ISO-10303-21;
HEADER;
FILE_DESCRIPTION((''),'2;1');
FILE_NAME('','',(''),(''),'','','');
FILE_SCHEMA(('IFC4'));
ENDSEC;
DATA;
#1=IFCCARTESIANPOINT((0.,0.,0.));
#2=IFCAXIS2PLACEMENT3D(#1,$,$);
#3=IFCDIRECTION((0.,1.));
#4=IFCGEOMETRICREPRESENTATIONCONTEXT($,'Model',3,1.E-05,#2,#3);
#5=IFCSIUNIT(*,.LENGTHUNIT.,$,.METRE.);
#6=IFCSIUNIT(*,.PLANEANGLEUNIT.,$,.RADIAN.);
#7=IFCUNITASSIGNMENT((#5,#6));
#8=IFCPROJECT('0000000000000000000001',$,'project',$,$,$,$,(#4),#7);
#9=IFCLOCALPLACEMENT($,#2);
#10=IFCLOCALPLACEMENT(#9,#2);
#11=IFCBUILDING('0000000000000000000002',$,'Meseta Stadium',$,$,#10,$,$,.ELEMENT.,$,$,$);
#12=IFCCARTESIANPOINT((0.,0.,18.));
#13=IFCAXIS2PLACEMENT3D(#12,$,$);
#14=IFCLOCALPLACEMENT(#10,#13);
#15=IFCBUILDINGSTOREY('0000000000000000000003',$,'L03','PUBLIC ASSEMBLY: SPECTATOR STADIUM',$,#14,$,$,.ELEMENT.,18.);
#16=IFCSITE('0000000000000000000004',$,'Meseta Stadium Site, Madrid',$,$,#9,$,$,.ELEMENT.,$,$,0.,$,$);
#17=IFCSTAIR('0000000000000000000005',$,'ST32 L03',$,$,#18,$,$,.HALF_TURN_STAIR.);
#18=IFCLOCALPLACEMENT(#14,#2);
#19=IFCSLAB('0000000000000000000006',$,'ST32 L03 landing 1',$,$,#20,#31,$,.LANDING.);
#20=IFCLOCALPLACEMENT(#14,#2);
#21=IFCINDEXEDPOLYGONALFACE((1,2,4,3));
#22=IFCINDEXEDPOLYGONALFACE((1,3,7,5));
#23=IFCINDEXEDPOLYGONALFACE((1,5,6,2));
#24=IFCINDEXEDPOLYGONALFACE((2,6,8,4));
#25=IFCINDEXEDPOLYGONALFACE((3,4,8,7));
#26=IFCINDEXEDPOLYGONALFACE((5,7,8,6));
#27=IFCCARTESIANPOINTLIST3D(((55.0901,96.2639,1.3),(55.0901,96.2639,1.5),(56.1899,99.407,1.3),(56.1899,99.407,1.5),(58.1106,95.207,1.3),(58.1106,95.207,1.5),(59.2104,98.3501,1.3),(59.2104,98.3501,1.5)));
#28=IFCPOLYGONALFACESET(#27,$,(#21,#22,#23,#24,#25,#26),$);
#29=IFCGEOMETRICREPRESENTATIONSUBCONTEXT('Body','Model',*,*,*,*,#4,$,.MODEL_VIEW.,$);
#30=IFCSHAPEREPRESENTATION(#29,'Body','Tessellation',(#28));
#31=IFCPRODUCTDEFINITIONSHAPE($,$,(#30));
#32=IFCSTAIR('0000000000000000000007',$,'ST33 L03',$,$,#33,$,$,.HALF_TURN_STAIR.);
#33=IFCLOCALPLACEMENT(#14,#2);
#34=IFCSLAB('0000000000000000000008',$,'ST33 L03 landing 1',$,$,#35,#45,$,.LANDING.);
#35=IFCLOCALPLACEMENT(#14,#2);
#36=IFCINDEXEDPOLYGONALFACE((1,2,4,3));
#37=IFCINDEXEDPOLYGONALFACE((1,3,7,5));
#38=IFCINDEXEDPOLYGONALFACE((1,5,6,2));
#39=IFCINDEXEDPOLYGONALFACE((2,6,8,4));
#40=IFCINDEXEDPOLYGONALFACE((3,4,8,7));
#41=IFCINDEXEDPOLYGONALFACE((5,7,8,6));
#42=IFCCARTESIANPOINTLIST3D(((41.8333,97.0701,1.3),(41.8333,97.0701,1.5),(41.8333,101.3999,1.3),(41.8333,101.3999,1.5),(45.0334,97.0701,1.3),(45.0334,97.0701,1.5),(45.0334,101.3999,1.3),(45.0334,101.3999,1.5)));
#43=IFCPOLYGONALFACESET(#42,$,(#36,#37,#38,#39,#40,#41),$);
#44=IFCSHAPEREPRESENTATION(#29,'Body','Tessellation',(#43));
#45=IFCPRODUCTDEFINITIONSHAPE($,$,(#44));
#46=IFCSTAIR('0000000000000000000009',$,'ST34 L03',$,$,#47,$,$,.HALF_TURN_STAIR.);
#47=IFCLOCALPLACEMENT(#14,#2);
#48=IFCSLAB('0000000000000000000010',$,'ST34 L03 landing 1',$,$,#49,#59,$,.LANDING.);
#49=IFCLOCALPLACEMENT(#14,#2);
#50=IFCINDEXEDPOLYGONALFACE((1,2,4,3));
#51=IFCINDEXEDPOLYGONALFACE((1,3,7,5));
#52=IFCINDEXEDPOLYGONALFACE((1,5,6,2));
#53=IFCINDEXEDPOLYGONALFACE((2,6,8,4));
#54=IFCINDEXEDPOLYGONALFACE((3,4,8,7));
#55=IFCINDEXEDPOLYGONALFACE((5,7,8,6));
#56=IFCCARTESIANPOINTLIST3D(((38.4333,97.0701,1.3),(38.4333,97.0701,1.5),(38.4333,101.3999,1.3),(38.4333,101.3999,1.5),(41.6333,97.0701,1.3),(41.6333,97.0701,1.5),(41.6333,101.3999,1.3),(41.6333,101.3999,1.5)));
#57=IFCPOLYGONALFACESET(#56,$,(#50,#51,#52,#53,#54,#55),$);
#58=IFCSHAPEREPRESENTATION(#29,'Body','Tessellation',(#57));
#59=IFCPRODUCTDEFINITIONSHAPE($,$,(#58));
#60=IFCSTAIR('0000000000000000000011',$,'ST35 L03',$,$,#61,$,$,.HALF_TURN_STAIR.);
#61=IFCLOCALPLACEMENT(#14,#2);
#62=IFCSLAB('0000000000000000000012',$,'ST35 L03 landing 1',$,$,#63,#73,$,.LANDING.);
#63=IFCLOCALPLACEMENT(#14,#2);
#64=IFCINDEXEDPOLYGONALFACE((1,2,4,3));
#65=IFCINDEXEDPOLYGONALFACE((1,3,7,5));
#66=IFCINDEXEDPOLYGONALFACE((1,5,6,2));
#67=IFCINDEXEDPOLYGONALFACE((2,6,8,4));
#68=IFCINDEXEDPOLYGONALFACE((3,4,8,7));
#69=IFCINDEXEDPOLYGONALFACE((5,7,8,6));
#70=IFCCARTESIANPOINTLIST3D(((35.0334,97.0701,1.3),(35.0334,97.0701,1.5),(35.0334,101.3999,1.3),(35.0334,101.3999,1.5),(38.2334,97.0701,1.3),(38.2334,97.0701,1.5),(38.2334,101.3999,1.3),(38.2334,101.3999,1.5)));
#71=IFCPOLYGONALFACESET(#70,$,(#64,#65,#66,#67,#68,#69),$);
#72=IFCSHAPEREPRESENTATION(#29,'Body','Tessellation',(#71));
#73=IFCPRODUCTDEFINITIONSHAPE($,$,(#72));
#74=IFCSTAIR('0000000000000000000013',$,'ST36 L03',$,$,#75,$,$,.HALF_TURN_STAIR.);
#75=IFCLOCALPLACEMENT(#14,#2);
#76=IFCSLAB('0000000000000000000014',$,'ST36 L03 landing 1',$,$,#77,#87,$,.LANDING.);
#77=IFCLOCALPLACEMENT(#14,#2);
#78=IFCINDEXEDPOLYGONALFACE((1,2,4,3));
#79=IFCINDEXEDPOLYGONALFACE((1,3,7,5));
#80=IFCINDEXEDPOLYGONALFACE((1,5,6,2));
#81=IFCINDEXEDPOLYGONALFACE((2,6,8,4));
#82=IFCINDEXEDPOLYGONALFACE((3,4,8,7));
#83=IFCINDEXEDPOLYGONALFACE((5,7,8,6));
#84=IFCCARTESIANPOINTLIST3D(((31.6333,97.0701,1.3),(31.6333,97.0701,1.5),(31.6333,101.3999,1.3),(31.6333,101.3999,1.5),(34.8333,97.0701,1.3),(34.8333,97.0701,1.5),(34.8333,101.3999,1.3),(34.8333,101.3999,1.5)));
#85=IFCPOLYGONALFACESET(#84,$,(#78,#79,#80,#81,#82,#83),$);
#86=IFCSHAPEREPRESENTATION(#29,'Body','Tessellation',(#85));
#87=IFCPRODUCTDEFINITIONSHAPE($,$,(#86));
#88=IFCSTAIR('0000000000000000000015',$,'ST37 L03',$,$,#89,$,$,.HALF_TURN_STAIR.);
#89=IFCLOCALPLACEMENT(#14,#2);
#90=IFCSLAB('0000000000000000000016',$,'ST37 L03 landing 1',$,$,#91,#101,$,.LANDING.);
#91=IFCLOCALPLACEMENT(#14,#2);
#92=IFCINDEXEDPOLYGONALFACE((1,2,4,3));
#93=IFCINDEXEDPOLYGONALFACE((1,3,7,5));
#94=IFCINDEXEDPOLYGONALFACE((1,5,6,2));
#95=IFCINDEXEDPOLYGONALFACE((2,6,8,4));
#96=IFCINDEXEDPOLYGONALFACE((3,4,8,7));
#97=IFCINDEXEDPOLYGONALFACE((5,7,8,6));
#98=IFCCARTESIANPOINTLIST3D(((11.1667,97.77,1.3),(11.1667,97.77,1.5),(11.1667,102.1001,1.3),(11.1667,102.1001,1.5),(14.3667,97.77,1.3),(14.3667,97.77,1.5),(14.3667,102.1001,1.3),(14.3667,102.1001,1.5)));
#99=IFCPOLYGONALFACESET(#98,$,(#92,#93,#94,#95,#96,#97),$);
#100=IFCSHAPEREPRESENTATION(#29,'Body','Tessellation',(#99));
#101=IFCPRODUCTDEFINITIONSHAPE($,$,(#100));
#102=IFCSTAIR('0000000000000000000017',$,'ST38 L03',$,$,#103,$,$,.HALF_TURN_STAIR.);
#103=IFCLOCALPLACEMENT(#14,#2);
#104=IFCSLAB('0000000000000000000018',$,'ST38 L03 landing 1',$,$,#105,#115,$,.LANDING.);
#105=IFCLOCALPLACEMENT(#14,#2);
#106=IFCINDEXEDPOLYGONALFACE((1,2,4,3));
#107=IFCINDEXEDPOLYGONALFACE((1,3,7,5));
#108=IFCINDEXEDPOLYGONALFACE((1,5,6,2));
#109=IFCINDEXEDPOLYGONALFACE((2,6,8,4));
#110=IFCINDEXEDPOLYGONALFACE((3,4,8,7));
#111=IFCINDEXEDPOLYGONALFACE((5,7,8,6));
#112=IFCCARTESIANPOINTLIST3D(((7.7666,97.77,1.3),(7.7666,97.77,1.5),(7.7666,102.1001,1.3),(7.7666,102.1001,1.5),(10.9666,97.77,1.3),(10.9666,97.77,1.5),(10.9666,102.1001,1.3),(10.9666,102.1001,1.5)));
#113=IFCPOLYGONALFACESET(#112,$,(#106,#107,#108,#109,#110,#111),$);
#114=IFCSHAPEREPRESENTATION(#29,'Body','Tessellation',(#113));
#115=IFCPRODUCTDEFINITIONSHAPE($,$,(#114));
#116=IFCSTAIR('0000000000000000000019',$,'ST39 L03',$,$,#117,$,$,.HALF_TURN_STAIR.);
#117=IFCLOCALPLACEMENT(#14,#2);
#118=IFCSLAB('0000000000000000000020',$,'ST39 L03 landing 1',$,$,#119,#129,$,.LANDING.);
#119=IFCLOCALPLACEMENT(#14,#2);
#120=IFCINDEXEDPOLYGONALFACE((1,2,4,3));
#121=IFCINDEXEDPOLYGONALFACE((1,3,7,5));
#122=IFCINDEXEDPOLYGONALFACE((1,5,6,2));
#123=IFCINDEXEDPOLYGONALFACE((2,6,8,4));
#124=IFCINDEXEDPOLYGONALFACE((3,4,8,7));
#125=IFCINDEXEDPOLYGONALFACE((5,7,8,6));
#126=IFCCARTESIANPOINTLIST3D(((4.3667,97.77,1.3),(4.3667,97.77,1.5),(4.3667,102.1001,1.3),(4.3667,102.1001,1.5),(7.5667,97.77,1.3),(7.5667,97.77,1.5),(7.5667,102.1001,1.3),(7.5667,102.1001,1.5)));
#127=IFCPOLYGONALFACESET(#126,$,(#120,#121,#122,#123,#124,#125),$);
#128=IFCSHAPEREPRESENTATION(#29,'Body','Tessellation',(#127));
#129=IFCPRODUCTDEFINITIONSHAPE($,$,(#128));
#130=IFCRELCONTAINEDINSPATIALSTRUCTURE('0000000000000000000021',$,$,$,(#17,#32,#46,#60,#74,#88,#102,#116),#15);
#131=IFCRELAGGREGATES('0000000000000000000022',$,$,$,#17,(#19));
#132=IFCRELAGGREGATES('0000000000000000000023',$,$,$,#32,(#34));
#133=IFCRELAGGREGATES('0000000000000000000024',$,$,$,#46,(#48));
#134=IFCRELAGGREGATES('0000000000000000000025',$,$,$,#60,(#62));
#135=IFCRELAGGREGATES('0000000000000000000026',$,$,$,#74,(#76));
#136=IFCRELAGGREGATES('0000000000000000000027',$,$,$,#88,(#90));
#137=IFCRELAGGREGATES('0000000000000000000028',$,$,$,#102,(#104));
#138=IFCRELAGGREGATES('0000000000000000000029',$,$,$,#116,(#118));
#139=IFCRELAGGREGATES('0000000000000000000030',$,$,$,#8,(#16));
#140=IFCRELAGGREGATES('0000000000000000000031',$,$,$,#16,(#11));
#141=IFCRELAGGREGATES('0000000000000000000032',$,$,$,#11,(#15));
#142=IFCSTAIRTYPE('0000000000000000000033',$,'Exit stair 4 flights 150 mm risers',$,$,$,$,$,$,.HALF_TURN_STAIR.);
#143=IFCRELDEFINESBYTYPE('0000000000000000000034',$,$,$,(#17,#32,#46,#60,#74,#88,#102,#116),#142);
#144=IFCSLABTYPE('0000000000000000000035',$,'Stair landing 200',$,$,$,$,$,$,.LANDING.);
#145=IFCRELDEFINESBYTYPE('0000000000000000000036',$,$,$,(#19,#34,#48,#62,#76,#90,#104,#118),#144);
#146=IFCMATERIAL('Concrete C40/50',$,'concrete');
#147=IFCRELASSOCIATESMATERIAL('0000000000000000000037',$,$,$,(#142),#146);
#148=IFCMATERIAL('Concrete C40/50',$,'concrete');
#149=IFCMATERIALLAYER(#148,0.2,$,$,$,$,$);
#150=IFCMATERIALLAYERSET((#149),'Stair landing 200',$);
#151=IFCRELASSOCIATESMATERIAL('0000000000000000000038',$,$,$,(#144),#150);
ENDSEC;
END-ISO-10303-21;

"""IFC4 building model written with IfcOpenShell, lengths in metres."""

from ifc_helpers import new_model, si_unit, direction, frame, origin, place, context, subcontext, project, spatial, polyline, outline, extrude, material, layer, layer_set, type_object, element, aggregate, save


model = new_model("IFC4")

# Units and contexts
model_context = context("Model", 3, precision=1e-05, world=origin(), true_north=direction((0.0, 1.0)))
body_context = subcontext(model_context, "Body", "Model", "MODEL_VIEW")
ifc_project = project(units=[si_unit("LENGTHUNIT", "METRE"), si_unit("PLANEANGLEUNIT", "RADIAN")], contexts=[model_context])

# Site, building, storey
site_placement = place(None, origin())
site = spatial("IfcSite", under=ifc_project, at=site_placement, Name="Meseta Stadium Site, Madrid", CompositionType="ELEMENT", RefElevation=0.0)
building_placement = place(site_placement, origin())
building = spatial("IfcBuilding", under=site, at=building_placement, Name="Meseta Stadium", CompositionType="ELEMENT")
storey_placement = place(building_placement, frame((0.0, 0.0, 18.0)))
storey = spatial("IfcBuildingStorey", under=building, at=storey_placement, Name="L03", Description="PUBLIC ASSEMBLY: SPECTATOR STADIUM", CompositionType="ELEMENT", Elevation=18.0)

# Shared definitions
ifc_material_1 = material(Name="Concrete C40/50", Category="concrete")
stair_type = type_object("IfcStairType", Name="Exit stair 4 flights 150 mm risers", PredefinedType="HALF_TURN_STAIR", material=ifc_material_1)
ifc_material_2 = material(Name="Concrete C40/50", Category="concrete")
ifc_layer = layer(ifc_material_2, 0.2)
ifc_layer_set = layer_set([ifc_layer], Name="Stair landing 200")
slab_type = type_object("IfcSlabType", Name="Stair landing 200", PredefinedType="LANDING", material=ifc_layer_set)

# Stairs, slabs
stair_1_placement = place(storey_placement, origin())
stair_1 = element("IfcStair", 1, at=stair_1_placement, inside=storey, type_object=stair_type, Name="ST32 L03", PredefinedType="HALF_TURN_STAIR")
slab_1_placement = place(storey_placement, frame((0.0, 0.0, 1.3)))
slab_1 = element("IfcSlab", 2, at=slab_1_placement, type_object=slab_type, Name="ST32 L03 landing 1", PredefinedType="LANDING", context=body_context, shape_type="SweptSolid", body=[
    extrude(outline(polyline([(58.1106, 95.207), (59.2104, 98.3501), (56.1899, 99.407), (55.0901, 96.2639), (58.1106, 95.207)])), origin(), (0.0, 0.0, 1.0), 0.2),
])
aggregate(stair_1, [slab_1])
stair_2_placement = place(storey_placement, origin())
stair_2 = element("IfcStair", 3, at=stair_2_placement, inside=storey, type_object=stair_type, Name="ST33 L03", PredefinedType="HALF_TURN_STAIR")
slab_2_placement = place(storey_placement, frame((0.0, 0.0, 1.3)))
slab_2 = element("IfcSlab", 4, at=slab_2_placement, type_object=slab_type, Name="ST33 L03 landing 1", PredefinedType="LANDING", context=body_context, shape_type="SweptSolid", body=[
    extrude(outline(polyline([(45.0334, 97.0701), (45.0334, 101.3999), (41.8333, 101.3999), (41.8333, 97.0701), (45.0334, 97.0701)])), origin(), (0.0, 0.0, 1.0), 0.2),
])
aggregate(stair_2, [slab_2])
stair_3_placement = place(storey_placement, origin())
stair_3 = element("IfcStair", 5, at=stair_3_placement, inside=storey, type_object=stair_type, Name="ST34 L03", PredefinedType="HALF_TURN_STAIR")
slab_3_placement = place(storey_placement, frame((0.0, 0.0, 1.3)))
slab_3 = element("IfcSlab", 6, at=slab_3_placement, type_object=slab_type, Name="ST34 L03 landing 1", PredefinedType="LANDING", context=body_context, shape_type="SweptSolid", body=[
    extrude(outline(polyline([(41.6333, 97.0701), (41.6333, 101.3999), (38.4333, 101.3999), (38.4333, 97.0701), (41.6333, 97.0701)])), origin(), (0.0, 0.0, 1.0), 0.2),
])
aggregate(stair_3, [slab_3])
stair_4_placement = place(storey_placement, origin())
stair_4 = element("IfcStair", 7, at=stair_4_placement, inside=storey, type_object=stair_type, Name="ST35 L03", PredefinedType="HALF_TURN_STAIR")
slab_4_placement = place(storey_placement, frame((0.0, 0.0, 1.3)))
slab_4 = element("IfcSlab", 8, at=slab_4_placement, type_object=slab_type, Name="ST35 L03 landing 1", PredefinedType="LANDING", context=body_context, shape_type="SweptSolid", body=[
    extrude(outline(polyline([(38.2334, 97.0701), (38.2334, 101.3999), (35.0334, 101.3999), (35.0334, 97.0701), (38.2334, 97.0701)])), origin(), (0.0, 0.0, 1.0), 0.2),
])
aggregate(stair_4, [slab_4])
stair_5_placement = place(storey_placement, origin())
stair_5 = element("IfcStair", 9, at=stair_5_placement, inside=storey, type_object=stair_type, Name="ST36 L03", PredefinedType="HALF_TURN_STAIR")
slab_5_placement = place(storey_placement, frame((0.0, 0.0, 1.3)))
slab_5 = element("IfcSlab", 10, at=slab_5_placement, type_object=slab_type, Name="ST36 L03 landing 1", PredefinedType="LANDING", context=body_context, shape_type="SweptSolid", body=[
    extrude(outline(polyline([(34.8333, 97.0701), (34.8333, 101.3999), (31.6333, 101.3999), (31.6333, 97.0701), (34.8333, 97.0701)])), origin(), (0.0, 0.0, 1.0), 0.2),
])
aggregate(stair_5, [slab_5])
stair_6_placement = place(storey_placement, origin())
stair_6 = element("IfcStair", 11, at=stair_6_placement, inside=storey, type_object=stair_type, Name="ST37 L03", PredefinedType="HALF_TURN_STAIR")
slab_6_placement = place(storey_placement, frame((0.0, 0.0, 1.3)))
slab_6 = element("IfcSlab", 12, at=slab_6_placement, type_object=slab_type, Name="ST37 L03 landing 1", PredefinedType="LANDING", context=body_context, shape_type="SweptSolid", body=[
    extrude(outline(polyline([(14.3667, 97.77), (14.3667, 102.1001), (11.1667, 102.1001), (11.1667, 97.77), (14.3667, 97.77)])), origin(), (0.0, 0.0, 1.0), 0.2),
])
aggregate(stair_6, [slab_6])
stair_7_placement = place(storey_placement, origin())
stair_7 = element("IfcStair", 13, at=stair_7_placement, inside=storey, type_object=stair_type, Name="ST38 L03", PredefinedType="HALF_TURN_STAIR")
slab_7_placement = place(storey_placement, frame((0.0, 0.0, 1.3)))
slab_7 = element("IfcSlab", 14, at=slab_7_placement, type_object=slab_type, Name="ST38 L03 landing 1", PredefinedType="LANDING", context=body_context, shape_type="SweptSolid", body=[
    extrude(outline(polyline([(10.9666, 97.77), (10.9666, 102.1001), (7.7666, 102.1001), (7.7666, 97.77), (10.9666, 97.77)])), origin(), (0.0, 0.0, 1.0), 0.2),
])
aggregate(stair_7, [slab_7])
stair_8_placement = place(storey_placement, origin())
stair_8 = element("IfcStair", 15, at=stair_8_placement, inside=storey, type_object=stair_type, Name="ST39 L03", PredefinedType="HALF_TURN_STAIR")
slab_8_placement = place(storey_placement, frame((0.0, 0.0, 1.3)))
slab_8 = element("IfcSlab", 16, at=slab_8_placement, type_object=slab_type, Name="ST39 L03 landing 1", PredefinedType="LANDING", context=body_context, shape_type="SweptSolid", body=[
    extrude(outline(polyline([(7.5667, 97.77), (7.5667, 102.1001), (4.3667, 102.1001), (4.3667, 97.77), (7.5667, 97.77)])), origin(), (0.0, 0.0, 1.0), 0.2),
])
aggregate(stair_8, [slab_8])

save(model, "model.ifc")
